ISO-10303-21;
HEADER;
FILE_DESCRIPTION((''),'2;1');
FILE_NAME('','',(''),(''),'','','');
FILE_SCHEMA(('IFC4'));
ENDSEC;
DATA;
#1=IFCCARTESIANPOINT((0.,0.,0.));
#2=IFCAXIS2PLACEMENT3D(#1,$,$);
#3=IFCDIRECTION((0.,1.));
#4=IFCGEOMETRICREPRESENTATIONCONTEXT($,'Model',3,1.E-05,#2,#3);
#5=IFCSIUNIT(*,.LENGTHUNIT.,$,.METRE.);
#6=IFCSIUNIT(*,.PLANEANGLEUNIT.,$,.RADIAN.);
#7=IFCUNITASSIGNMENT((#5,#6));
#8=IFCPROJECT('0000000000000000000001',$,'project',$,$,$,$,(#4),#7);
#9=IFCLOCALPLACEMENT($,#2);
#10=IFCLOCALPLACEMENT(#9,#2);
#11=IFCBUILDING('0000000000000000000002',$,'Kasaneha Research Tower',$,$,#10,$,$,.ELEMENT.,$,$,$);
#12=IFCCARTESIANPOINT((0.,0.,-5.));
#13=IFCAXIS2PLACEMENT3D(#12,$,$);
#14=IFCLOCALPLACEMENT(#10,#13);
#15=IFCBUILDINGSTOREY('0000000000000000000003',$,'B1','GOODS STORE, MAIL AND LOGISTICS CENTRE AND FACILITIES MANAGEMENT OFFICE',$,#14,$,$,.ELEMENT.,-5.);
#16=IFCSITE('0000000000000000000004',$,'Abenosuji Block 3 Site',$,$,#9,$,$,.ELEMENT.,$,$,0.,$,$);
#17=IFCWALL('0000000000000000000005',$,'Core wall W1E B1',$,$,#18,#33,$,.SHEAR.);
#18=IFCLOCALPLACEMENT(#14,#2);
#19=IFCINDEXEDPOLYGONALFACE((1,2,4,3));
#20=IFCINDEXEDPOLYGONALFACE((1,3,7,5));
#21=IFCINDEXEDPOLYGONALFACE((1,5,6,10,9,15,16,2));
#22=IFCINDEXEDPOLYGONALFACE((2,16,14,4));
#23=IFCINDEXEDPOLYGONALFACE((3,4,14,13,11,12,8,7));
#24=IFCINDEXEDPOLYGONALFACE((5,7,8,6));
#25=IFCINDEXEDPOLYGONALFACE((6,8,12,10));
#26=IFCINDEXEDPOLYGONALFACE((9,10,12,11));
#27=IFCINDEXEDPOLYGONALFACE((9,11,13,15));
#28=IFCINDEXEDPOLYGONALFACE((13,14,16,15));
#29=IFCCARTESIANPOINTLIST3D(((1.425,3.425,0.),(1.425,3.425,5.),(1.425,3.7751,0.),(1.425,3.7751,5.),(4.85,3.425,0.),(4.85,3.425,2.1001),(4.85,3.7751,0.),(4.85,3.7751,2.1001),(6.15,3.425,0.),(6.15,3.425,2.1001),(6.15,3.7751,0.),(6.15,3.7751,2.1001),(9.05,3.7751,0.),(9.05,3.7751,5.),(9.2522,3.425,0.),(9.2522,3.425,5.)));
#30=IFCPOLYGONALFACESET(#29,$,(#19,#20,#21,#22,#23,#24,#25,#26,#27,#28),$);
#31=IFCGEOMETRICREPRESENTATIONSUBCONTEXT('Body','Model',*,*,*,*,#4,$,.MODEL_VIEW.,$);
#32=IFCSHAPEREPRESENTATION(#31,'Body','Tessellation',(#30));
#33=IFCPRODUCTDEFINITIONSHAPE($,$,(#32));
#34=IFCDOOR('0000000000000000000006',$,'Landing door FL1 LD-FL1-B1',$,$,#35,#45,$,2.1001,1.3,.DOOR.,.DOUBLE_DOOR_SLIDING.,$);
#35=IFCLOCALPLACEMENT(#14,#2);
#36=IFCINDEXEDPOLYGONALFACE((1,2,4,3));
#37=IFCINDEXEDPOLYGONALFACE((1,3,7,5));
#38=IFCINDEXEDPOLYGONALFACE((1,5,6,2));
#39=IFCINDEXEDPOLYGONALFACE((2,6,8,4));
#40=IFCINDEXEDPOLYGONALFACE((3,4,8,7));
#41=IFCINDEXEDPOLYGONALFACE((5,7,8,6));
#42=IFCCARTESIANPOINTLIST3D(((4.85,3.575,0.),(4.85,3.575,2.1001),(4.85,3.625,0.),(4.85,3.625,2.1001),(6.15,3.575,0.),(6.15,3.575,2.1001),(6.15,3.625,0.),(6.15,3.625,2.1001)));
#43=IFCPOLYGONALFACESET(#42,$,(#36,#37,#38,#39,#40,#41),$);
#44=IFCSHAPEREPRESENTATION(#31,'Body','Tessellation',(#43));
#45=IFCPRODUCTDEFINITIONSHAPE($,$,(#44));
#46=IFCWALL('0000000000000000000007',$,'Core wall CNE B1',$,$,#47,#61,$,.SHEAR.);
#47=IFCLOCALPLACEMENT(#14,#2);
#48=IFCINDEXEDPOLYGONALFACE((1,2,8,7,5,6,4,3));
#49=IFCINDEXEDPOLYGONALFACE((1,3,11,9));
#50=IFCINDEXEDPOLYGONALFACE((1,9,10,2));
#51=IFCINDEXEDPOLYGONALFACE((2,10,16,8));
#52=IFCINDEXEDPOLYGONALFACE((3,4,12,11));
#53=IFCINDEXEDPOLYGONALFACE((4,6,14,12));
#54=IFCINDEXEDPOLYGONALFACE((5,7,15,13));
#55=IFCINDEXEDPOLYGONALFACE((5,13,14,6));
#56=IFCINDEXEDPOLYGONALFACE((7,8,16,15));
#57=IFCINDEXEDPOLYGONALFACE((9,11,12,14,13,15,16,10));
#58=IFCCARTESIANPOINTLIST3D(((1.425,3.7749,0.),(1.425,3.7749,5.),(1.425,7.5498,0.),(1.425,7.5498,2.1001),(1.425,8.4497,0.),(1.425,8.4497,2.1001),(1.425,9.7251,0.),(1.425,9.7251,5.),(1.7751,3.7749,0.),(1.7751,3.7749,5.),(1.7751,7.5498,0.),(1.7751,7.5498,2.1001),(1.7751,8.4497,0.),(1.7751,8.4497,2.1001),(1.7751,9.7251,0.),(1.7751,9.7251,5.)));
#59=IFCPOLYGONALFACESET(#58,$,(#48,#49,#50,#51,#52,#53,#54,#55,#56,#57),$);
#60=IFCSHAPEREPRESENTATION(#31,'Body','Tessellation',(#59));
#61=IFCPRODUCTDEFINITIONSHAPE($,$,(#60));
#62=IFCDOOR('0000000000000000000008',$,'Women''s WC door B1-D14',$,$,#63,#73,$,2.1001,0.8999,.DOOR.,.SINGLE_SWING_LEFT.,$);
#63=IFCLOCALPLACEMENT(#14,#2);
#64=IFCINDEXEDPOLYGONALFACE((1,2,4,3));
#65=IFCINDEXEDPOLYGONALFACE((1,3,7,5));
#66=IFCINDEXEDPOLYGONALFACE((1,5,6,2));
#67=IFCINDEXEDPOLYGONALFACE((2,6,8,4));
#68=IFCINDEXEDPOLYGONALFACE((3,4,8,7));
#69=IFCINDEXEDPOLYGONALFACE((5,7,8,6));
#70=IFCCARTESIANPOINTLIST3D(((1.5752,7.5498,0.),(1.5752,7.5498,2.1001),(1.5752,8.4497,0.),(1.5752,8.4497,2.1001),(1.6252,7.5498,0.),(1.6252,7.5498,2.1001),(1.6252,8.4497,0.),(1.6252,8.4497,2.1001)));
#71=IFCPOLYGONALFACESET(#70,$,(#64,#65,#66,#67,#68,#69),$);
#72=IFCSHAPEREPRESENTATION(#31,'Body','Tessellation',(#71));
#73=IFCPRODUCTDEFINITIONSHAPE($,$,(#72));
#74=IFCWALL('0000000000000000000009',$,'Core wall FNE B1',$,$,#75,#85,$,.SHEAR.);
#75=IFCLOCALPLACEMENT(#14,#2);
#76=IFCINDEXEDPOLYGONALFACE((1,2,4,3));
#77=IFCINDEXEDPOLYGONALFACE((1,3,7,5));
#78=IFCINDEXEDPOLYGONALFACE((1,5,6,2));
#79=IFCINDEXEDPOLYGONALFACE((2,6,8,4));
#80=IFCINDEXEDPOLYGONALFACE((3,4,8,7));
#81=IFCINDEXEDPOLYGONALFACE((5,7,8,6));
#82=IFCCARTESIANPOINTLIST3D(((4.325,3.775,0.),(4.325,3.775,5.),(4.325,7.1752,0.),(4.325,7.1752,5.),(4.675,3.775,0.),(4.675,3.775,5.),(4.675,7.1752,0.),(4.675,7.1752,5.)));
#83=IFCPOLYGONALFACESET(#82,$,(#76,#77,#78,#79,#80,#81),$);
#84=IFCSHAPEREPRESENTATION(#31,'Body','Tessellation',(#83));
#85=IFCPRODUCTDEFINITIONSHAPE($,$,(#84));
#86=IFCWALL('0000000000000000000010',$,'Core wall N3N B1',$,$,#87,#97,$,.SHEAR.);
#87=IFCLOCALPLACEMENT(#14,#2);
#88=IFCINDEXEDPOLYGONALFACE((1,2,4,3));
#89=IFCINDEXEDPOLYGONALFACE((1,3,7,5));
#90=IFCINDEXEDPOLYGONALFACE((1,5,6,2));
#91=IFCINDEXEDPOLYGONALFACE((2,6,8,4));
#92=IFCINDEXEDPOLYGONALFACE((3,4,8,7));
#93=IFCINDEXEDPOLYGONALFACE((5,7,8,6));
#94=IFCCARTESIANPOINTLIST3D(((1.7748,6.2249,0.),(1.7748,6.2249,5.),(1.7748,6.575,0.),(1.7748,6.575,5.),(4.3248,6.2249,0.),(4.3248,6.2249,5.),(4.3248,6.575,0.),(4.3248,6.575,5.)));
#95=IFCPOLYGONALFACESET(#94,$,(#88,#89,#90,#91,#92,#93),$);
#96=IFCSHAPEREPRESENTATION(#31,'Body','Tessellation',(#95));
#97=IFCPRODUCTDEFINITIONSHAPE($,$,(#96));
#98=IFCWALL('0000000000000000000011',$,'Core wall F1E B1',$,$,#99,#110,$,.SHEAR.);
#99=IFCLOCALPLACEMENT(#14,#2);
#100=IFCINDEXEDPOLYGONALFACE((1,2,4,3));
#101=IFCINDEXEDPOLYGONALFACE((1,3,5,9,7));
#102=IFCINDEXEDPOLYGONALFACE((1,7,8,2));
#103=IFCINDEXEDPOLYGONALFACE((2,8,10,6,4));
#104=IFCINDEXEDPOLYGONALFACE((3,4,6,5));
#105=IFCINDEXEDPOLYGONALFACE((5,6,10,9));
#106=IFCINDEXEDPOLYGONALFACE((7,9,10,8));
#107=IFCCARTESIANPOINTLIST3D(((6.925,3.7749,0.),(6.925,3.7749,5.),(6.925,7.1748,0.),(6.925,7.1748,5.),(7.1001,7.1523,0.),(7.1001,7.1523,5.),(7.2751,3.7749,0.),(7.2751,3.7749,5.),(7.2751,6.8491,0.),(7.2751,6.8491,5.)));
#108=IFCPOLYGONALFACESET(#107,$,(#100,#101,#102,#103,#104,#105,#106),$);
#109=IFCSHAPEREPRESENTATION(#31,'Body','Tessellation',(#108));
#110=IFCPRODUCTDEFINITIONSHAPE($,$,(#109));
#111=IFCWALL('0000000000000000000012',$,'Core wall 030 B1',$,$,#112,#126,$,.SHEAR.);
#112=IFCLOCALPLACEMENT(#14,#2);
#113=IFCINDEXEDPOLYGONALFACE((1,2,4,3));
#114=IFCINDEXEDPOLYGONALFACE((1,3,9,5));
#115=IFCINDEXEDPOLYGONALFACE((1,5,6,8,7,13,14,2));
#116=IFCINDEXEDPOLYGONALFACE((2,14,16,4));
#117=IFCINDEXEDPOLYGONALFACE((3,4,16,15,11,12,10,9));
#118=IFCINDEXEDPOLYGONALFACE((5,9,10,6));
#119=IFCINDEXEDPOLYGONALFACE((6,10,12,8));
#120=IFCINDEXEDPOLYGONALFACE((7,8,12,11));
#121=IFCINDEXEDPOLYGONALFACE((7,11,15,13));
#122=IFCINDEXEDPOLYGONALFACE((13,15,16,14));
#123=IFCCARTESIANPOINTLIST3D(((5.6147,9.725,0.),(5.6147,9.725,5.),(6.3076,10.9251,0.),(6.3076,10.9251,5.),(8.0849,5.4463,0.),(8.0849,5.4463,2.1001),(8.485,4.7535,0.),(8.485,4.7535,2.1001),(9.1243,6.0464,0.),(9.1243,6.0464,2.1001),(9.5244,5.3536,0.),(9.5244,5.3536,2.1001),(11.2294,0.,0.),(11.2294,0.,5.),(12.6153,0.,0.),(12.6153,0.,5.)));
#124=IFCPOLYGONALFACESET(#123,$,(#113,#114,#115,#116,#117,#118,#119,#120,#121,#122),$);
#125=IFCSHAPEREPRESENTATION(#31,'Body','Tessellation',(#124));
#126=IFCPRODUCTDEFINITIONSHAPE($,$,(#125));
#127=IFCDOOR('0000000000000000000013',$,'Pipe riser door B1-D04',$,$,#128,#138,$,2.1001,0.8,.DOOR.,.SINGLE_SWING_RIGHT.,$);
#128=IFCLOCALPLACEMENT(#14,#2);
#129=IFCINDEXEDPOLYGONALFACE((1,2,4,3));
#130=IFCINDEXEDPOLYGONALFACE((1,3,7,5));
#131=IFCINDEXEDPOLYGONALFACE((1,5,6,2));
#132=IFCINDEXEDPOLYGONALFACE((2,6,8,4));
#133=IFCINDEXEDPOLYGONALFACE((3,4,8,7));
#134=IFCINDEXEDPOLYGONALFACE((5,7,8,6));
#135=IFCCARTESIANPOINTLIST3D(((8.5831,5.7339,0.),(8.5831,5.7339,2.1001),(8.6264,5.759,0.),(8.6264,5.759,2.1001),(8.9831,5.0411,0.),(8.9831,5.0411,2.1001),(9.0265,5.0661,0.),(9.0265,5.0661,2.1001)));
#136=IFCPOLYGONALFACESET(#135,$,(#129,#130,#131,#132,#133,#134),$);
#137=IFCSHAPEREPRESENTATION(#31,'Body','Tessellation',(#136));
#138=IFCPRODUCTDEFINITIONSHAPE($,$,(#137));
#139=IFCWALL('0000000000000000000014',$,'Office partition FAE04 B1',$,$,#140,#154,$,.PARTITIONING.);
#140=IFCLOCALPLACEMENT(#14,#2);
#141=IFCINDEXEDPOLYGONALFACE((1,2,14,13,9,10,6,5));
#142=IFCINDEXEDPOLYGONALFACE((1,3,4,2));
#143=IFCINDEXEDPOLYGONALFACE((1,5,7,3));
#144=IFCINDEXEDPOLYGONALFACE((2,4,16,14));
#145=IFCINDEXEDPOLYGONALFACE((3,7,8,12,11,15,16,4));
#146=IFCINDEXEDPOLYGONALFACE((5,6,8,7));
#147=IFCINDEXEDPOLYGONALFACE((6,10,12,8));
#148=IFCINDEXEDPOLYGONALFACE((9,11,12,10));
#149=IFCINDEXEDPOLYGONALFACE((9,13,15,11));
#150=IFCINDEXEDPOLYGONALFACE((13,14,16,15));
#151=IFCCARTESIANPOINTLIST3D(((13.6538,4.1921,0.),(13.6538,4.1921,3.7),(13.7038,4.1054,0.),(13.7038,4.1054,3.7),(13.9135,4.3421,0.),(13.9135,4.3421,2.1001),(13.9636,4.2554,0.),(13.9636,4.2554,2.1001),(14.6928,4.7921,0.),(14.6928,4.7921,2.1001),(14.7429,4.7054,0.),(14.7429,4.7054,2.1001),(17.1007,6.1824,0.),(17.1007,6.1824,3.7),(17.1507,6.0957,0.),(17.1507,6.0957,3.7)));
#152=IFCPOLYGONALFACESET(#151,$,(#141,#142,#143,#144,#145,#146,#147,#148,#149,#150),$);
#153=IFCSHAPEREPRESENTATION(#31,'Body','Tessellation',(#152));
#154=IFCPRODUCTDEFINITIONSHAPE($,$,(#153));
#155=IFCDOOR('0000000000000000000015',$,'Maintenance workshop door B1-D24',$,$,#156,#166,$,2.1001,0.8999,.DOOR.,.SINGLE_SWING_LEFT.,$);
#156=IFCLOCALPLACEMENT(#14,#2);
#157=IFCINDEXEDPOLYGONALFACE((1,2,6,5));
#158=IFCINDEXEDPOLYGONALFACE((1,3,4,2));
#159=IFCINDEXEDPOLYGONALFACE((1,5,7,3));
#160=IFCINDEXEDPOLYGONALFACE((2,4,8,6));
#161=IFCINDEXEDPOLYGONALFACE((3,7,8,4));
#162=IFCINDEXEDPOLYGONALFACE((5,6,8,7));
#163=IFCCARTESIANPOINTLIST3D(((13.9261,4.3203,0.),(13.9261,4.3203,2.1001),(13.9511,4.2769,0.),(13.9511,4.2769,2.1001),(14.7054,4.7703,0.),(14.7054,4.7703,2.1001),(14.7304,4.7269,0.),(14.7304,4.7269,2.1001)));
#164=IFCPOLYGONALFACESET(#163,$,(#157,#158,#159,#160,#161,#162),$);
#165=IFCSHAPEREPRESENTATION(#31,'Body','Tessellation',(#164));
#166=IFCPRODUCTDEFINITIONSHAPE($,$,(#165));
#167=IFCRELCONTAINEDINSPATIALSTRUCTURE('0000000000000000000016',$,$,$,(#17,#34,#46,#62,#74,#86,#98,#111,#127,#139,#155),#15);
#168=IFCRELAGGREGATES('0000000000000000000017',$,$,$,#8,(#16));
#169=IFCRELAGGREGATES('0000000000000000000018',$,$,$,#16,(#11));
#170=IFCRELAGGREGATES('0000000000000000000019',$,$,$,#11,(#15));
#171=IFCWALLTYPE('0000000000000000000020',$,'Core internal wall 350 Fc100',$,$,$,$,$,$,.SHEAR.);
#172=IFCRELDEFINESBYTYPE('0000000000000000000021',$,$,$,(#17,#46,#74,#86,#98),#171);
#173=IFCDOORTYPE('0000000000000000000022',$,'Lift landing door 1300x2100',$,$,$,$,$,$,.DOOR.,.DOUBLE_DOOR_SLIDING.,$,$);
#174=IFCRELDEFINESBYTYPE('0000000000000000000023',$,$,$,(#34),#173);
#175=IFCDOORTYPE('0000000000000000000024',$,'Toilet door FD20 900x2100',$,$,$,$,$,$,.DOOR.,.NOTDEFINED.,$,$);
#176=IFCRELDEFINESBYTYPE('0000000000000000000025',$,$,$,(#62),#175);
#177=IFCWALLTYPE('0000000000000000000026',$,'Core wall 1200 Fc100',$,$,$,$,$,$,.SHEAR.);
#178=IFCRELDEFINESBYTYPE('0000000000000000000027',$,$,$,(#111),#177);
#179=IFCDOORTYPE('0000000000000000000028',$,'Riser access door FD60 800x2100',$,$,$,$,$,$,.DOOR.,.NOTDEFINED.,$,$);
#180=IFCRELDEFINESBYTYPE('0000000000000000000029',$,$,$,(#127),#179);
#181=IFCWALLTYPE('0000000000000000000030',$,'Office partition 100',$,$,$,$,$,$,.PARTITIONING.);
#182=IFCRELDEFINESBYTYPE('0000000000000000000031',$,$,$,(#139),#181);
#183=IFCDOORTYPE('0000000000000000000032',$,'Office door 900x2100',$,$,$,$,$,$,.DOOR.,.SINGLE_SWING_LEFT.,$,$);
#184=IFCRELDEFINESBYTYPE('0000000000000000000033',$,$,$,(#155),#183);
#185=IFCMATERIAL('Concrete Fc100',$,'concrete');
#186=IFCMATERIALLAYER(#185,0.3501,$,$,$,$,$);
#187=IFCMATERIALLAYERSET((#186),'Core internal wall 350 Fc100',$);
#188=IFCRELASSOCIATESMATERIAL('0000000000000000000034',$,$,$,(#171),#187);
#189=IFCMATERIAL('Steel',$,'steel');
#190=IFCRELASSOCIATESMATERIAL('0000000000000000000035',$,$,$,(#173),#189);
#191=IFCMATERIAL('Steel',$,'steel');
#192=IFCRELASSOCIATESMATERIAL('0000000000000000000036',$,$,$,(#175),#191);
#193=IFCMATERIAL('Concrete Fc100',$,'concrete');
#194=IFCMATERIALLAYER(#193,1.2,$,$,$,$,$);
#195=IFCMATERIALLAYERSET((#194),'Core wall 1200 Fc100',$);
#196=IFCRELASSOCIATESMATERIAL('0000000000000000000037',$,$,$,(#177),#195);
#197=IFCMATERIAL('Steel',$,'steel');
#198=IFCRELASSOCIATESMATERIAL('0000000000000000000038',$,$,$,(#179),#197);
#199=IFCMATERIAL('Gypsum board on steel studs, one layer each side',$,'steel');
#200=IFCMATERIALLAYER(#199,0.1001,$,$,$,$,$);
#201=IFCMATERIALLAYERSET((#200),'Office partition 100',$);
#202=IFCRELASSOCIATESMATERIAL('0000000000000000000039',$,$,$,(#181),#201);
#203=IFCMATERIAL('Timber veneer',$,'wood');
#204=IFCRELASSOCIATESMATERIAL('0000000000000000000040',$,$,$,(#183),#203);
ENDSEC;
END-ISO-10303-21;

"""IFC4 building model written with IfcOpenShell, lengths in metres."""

from ifc_helpers import new_model, si_unit, direction, frame, frame_2d, origin, place, context, subcontext, project, spatial, polyline, rectangle, outline, extrude, material, layer, layer_set, type_object, element, fill, save


model = new_model("IFC4")

# Units and contexts
model_context = context("Model", 3, precision=1e-05, world=origin(), true_north=direction((0.0, 1.0)))
body_context = subcontext(model_context, "Body", "Model", "MODEL_VIEW")
ifc_project = project(units=[si_unit("LENGTHUNIT", "METRE"), si_unit("PLANEANGLEUNIT", "RADIAN")], contexts=[model_context])

# Site, building, storey
site_placement = place(None, origin())
site = spatial("IfcSite", under=ifc_project, at=site_placement, Name="Abenosuji Block 3 Site", CompositionType="ELEMENT", RefElevation=0.0)
building_placement = place(site_placement, origin())
building = spatial("IfcBuilding", under=site, at=building_placement, Name="Kasaneha Research Tower", CompositionType="ELEMENT")
storey_placement = place(building_placement, frame((0.0, 0.0, -5.0)))
storey = spatial("IfcBuildingStorey", under=building, at=storey_placement, Name="B1", Description="GOODS STORE, MAIL AND LOGISTICS CENTRE AND FACILITIES MANAGEMENT OFFICE", CompositionType="ELEMENT", Elevation=-5.0)

# Walls, openings, doors
ifc_material_1 = material(Name="Concrete Fc100", Category="concrete")
ifc_layer_1 = layer(ifc_material_1, 0.3501)
ifc_layer_set_1 = layer_set([ifc_layer_1], Name="Core internal wall 350 Fc100")
wall_type_1 = type_object("IfcWallType", Name="Core internal wall 350 Fc100", PredefinedType="SHEAR", material=ifc_layer_set_1)
wall_1_placement = place(storey_placement, frame((1.425, 3.6001, 0.0), z_axis=(0.0, 0.0, 1.0), x_axis=(1.0, 0.0, 0.0)))
wall_1 = element("IfcWall", 1, at=wall_1_placement, inside=storey, type_object=wall_type_1, Name="Core wall W1E B1", PredefinedType="SHEAR", context=body_context, shape_type="SweptSolid", body=[
    extrude(outline(polyline([(0.0, -0.175), (3.425, -0.175), (4.7251, -0.175), (7.8271, -0.175), (7.625, 0.175), (4.7251, 0.175), (3.425, 0.175), (0.0, 0.175), (0.0, -0.175)])), origin(), (0.0, 0.0, 1.0), 5.0),
])
opening_1_placement = place(wall_1_placement, frame((3.425, 0.0, 0.0)))
opening_1 = element("IfcOpeningElement", 2, at=opening_1_placement, cuts=wall_1, PredefinedType="OPENING", context=body_context, shape_type="SweptSolid", body=[
    extrude(rectangle(XDim=1.3, YDim=2.1001, at=frame_2d((0.6499, 1.05))), frame((0.0, 0.1851, 0.0), z_axis=(0.0, -1.0, 0.0), x_axis=(1.0, 0.0, 0.0)), (0.0, 0.0, 1.0), 0.3701),
])
ifc_material_2 = material(Name="Steel", Category="steel")
door_type_1 = type_object("IfcDoorType", Name="Lift landing door 1300x2100", OperationType="DOUBLE_DOOR_SLIDING", PredefinedType="DOOR", material=ifc_material_2)
door_1_placement = place(opening_1_placement, origin())
door_1 = element("IfcDoor", 3, at=door_1_placement, inside=storey, type_object=door_type_1, Name="Landing door FL1 LD-FL1-B1", OperationType="DOUBLE_DOOR_SLIDING", OverallHeight=2.1001, OverallWidth=1.3, PredefinedType="DOOR", context=body_context, shape_type="SweptSolid", body=[
    extrude(rectangle(XDim=1.3, YDim=2.1001, at=frame_2d((0.6499, 1.05))), frame((0.0, 0.0249, 0.0), z_axis=(0.0, -1.0, 0.0), x_axis=(1.0, 0.0, 0.0)), (0.0, 0.0, 1.0), 0.05),
])
fill(opening_1, door_1)
wall_2_placement = place(storey_placement, frame((1.6001, 3.7749, 0.0), z_axis=(0.0, 0.0, 1.0), x_axis=(0.0, 1.0, 0.0)))
wall_2 = element("IfcWall", 4, at=wall_2_placement, inside=storey, type_object=wall_type_1, Name="Core wall CNE B1", PredefinedType="SHEAR", context=body_context, shape_type="SweptSolid", body=[
    extrude(rectangle(XDim=5.9502, YDim=0.3501, at=frame_2d((2.9751, 0.0))), origin(), (0.0, 0.0, 1.0), 5.0),
])
opening_2_placement = place(wall_2_placement, frame((3.7749, 0.0, 0.0)))
opening_2 = element("IfcOpeningElement", 5, at=opening_2_placement, cuts=wall_2, PredefinedType="OPENING", context=body_context, shape_type="SweptSolid", body=[
    extrude(rectangle(XDim=0.8999, YDim=2.1001, at=frame_2d((0.45, 1.05))), frame((0.0, 0.1851, 0.0), z_axis=(0.0, -1.0, 0.0), x_axis=(1.0, 0.0, 0.0)), (0.0, 0.0, 1.0), 0.3701),
])
ifc_material_3 = material(Name="Steel", Category="steel")
door_type_2 = type_object("IfcDoorType", Name="Toilet door FD20 900x2100", OperationType="NOTDEFINED", PredefinedType="DOOR", material=ifc_material_3)
door_2_placement = place(opening_2_placement, origin())
door_2 = element("IfcDoor", 6, at=door_2_placement, inside=storey, type_object=door_type_2, Name="Women's WC door B1-D14", OperationType="SINGLE_SWING_LEFT", OverallHeight=2.1001, OverallWidth=0.8999, PredefinedType="DOOR", context=body_context, shape_type="SweptSolid", body=[
    extrude(rectangle(XDim=0.8999, YDim=2.1001, at=frame_2d((0.45, 1.05))), frame((0.0, 0.0249, 0.0), z_axis=(0.0, -1.0, 0.0), x_axis=(1.0, 0.0, 0.0)), (0.0, 0.0, 1.0), 0.05),
])
fill(opening_2, door_2)

# Walls
wall_3_placement = place(storey_placement, frame((4.5, 3.7749, 0.0), z_axis=(0.0, 0.0, 1.0), x_axis=(0.0, 1.0, 0.0)))
element("IfcWall", 7, at=wall_3_placement, inside=storey, type_object=wall_type_1, Name="Core wall FNE B1", PredefinedType="SHEAR", context=body_context, shape_type="SweptSolid", body=[
    extrude(rectangle(XDim=3.4001, YDim=0.3501, at=frame_2d((1.7002, 0.0))), origin(), (0.0, 0.0, 1.0), 5.0),
])
wall_4_placement = place(storey_placement, frame((1.7749, 6.3999, 0.0), z_axis=(0.0, 0.0, 1.0), x_axis=(1.0, 0.0, 0.0)))
element("IfcWall", 8, at=wall_4_placement, inside=storey, type_object=wall_type_1, Name="Core wall N3N B1", PredefinedType="SHEAR", context=body_context, shape_type="SweptSolid", body=[
    extrude(rectangle(XDim=2.55, YDim=0.3501, at=frame_2d((1.2749, 0.0))), origin(), (0.0, 0.0, 1.0), 5.0),
])
wall_5_placement = place(storey_placement, frame((7.1001, 3.7749, 0.0), z_axis=(0.0, 0.0, 1.0), x_axis=(0.0, 1.0, 0.0)))
element("IfcWall", 9, at=wall_5_placement, inside=storey, type_object=wall_type_1, Name="Core wall F1E B1", PredefinedType="SHEAR", context=body_context, shape_type="SweptSolid", body=[
    extrude(outline(polyline([(0.0, -0.175), (3.0742, -0.175), (3.3774, 0.0), (3.3999, 0.175), (0.0, 0.175), (0.0, -0.175)])), origin(), (0.0, 0.0, 1.0), 5.0),
])

# Walls, openings, doors
ifc_material_4 = material(Name="Concrete Fc100", Category="concrete")
ifc_layer_2 = layer(ifc_material_4, 1.2)
ifc_layer_set_2 = layer_set([ifc_layer_2], Name="Core wall 1200 Fc100")
wall_type_2 = type_object("IfcWallType", Name="Core wall 1200 Fc100", PredefinedType="SHEAR", material=ifc_layer_set_2)
wall_6_placement = place(storey_placement, frame((11.9224, 0.0, 0.0), z_axis=(0.0, 0.0, 1.0), x_axis=(-0.500004, 0.866023, 0.0)))
wall_6 = element("IfcWall", 10, at=wall_6_placement, inside=storey, type_object=wall_type_2, Name="Core wall 030 B1", PredefinedType="SHEAR", context=body_context, shape_type="SweptSolid", body=[
    extrude(outline(polyline([(-0.3464, -0.6001), (5.8354, -0.6001), (6.6355, -0.6001), (12.2688, -0.6001), (11.5759, 0.6001), (6.6355, 0.6001), (5.8354, 0.6001), (0.3464, 0.6001), (-0.3464, -0.6001)])), origin(), (0.0, 0.0, 1.0), 5.0),
])
opening_3_placement = place(wall_6_placement, frame((5.8354, 0.0, 0.0)))
opening_3 = element("IfcOpeningElement", 11, at=opening_3_placement, cuts=wall_6, PredefinedType="OPENING", context=body_context, shape_type="SweptSolid", body=[
    extrude(rectangle(XDim=0.8, YDim=2.1001, at=frame_2d((0.3999, 1.05))), frame((0.0, 0.6099, 0.0), z_axis=(0.0, -1.0, 0.0), x_axis=(1.0, 0.0, 0.0)), (0.0, 0.0, 1.0), 1.22),
])
ifc_material_5 = material(Name="Steel", Category="steel")
door_type_3 = type_object("IfcDoorType", Name="Riser access door FD60 800x2100", OperationType="NOTDEFINED", PredefinedType="DOOR", material=ifc_material_5)
door_3_placement = place(opening_3_placement, origin())
door_3 = element("IfcDoor", 12, at=door_3_placement, inside=storey, type_object=door_type_3, Name="Pipe riser door B1-D04", OperationType="SINGLE_SWING_RIGHT", OverallHeight=2.1001, OverallWidth=0.8, PredefinedType="DOOR", context=body_context, shape_type="SweptSolid", body=[
    extrude(rectangle(XDim=0.8, YDim=2.1001, at=frame_2d((0.3999, 1.05))), frame((0.0, 0.0249, 0.0), z_axis=(0.0, -1.0, 0.0), x_axis=(1.0, 0.0, 0.0)), (0.0, 0.0, 1.0), 0.05),
])
fill(opening_3, door_3)
ifc_material_6 = material(Name="Gypsum board on steel studs, one layer each side", Category="steel")
ifc_layer_3 = layer(ifc_material_6, 0.1001)
ifc_layer_set_3 = layer_set([ifc_layer_3], Name="Office partition 100")
wall_type_3 = type_object("IfcWallType", Name="Office partition 100", PredefinedType="PARTITIONING", material=ifc_layer_set_3)
wall_7_placement = place(storey_placement, frame((13.6787, 4.1487, 0.0), z_axis=(0.0, 0.0, 1.0), x_axis=(0.866, 0.500045, 0.0)))
wall_7 = element("IfcWall", 13, at=wall_7_placement, inside=storey, type_object=wall_type_3, Name="Office partition FAE04 B1", PredefinedType="PARTITIONING", context=body_context, shape_type="SweptSolid", body=[
    extrude(rectangle(XDim=3.9802, YDim=0.1001, at=frame_2d((1.9902, 0.0))), origin(), (0.0, 0.0, 1.0), 3.7),
])
opening_4_placement = place(wall_7_placement, frame((0.3, 0.0, 0.0)))
opening_4 = element("IfcOpeningElement", 14, at=opening_4_placement, cuts=wall_7, PredefinedType="OPENING", context=body_context, shape_type="SweptSolid", body=[
    extrude(rectangle(XDim=0.8999, YDim=2.1001, at=frame_2d((0.45, 1.05))), frame((0.0, 0.0601, 0.0), z_axis=(0.0, -1.0, 0.0), x_axis=(1.0, 0.0, 0.0)), (0.0, 0.0, 1.0), 0.1201),
])
ifc_material_7 = material(Name="Timber veneer", Category="wood")
door_type_4 = type_object("IfcDoorType", Name="Office door 900x2100", OperationType="SINGLE_SWING_LEFT", PredefinedType="DOOR", material=ifc_material_7)
door_4_placement = place(opening_4_placement, origin())
door_4 = element("IfcDoor", 15, at=door_4_placement, inside=storey, type_object=door_type_4, Name="Maintenance workshop door B1-D24", OperationType="SINGLE_SWING_LEFT", OverallHeight=2.1001, OverallWidth=0.8999, PredefinedType="DOOR", context=body_context, shape_type="SweptSolid", body=[
    extrude(rectangle(XDim=0.8999, YDim=2.1001, at=frame_2d((0.45, 1.05))), frame((0.0, 0.0249, 0.0), z_axis=(0.0, -1.0, 0.0), x_axis=(1.0, 0.0, 0.0)), (0.0, 0.0, 1.0), 0.05),
])
fill(opening_4, door_4)

save(model, "model.ifc")
